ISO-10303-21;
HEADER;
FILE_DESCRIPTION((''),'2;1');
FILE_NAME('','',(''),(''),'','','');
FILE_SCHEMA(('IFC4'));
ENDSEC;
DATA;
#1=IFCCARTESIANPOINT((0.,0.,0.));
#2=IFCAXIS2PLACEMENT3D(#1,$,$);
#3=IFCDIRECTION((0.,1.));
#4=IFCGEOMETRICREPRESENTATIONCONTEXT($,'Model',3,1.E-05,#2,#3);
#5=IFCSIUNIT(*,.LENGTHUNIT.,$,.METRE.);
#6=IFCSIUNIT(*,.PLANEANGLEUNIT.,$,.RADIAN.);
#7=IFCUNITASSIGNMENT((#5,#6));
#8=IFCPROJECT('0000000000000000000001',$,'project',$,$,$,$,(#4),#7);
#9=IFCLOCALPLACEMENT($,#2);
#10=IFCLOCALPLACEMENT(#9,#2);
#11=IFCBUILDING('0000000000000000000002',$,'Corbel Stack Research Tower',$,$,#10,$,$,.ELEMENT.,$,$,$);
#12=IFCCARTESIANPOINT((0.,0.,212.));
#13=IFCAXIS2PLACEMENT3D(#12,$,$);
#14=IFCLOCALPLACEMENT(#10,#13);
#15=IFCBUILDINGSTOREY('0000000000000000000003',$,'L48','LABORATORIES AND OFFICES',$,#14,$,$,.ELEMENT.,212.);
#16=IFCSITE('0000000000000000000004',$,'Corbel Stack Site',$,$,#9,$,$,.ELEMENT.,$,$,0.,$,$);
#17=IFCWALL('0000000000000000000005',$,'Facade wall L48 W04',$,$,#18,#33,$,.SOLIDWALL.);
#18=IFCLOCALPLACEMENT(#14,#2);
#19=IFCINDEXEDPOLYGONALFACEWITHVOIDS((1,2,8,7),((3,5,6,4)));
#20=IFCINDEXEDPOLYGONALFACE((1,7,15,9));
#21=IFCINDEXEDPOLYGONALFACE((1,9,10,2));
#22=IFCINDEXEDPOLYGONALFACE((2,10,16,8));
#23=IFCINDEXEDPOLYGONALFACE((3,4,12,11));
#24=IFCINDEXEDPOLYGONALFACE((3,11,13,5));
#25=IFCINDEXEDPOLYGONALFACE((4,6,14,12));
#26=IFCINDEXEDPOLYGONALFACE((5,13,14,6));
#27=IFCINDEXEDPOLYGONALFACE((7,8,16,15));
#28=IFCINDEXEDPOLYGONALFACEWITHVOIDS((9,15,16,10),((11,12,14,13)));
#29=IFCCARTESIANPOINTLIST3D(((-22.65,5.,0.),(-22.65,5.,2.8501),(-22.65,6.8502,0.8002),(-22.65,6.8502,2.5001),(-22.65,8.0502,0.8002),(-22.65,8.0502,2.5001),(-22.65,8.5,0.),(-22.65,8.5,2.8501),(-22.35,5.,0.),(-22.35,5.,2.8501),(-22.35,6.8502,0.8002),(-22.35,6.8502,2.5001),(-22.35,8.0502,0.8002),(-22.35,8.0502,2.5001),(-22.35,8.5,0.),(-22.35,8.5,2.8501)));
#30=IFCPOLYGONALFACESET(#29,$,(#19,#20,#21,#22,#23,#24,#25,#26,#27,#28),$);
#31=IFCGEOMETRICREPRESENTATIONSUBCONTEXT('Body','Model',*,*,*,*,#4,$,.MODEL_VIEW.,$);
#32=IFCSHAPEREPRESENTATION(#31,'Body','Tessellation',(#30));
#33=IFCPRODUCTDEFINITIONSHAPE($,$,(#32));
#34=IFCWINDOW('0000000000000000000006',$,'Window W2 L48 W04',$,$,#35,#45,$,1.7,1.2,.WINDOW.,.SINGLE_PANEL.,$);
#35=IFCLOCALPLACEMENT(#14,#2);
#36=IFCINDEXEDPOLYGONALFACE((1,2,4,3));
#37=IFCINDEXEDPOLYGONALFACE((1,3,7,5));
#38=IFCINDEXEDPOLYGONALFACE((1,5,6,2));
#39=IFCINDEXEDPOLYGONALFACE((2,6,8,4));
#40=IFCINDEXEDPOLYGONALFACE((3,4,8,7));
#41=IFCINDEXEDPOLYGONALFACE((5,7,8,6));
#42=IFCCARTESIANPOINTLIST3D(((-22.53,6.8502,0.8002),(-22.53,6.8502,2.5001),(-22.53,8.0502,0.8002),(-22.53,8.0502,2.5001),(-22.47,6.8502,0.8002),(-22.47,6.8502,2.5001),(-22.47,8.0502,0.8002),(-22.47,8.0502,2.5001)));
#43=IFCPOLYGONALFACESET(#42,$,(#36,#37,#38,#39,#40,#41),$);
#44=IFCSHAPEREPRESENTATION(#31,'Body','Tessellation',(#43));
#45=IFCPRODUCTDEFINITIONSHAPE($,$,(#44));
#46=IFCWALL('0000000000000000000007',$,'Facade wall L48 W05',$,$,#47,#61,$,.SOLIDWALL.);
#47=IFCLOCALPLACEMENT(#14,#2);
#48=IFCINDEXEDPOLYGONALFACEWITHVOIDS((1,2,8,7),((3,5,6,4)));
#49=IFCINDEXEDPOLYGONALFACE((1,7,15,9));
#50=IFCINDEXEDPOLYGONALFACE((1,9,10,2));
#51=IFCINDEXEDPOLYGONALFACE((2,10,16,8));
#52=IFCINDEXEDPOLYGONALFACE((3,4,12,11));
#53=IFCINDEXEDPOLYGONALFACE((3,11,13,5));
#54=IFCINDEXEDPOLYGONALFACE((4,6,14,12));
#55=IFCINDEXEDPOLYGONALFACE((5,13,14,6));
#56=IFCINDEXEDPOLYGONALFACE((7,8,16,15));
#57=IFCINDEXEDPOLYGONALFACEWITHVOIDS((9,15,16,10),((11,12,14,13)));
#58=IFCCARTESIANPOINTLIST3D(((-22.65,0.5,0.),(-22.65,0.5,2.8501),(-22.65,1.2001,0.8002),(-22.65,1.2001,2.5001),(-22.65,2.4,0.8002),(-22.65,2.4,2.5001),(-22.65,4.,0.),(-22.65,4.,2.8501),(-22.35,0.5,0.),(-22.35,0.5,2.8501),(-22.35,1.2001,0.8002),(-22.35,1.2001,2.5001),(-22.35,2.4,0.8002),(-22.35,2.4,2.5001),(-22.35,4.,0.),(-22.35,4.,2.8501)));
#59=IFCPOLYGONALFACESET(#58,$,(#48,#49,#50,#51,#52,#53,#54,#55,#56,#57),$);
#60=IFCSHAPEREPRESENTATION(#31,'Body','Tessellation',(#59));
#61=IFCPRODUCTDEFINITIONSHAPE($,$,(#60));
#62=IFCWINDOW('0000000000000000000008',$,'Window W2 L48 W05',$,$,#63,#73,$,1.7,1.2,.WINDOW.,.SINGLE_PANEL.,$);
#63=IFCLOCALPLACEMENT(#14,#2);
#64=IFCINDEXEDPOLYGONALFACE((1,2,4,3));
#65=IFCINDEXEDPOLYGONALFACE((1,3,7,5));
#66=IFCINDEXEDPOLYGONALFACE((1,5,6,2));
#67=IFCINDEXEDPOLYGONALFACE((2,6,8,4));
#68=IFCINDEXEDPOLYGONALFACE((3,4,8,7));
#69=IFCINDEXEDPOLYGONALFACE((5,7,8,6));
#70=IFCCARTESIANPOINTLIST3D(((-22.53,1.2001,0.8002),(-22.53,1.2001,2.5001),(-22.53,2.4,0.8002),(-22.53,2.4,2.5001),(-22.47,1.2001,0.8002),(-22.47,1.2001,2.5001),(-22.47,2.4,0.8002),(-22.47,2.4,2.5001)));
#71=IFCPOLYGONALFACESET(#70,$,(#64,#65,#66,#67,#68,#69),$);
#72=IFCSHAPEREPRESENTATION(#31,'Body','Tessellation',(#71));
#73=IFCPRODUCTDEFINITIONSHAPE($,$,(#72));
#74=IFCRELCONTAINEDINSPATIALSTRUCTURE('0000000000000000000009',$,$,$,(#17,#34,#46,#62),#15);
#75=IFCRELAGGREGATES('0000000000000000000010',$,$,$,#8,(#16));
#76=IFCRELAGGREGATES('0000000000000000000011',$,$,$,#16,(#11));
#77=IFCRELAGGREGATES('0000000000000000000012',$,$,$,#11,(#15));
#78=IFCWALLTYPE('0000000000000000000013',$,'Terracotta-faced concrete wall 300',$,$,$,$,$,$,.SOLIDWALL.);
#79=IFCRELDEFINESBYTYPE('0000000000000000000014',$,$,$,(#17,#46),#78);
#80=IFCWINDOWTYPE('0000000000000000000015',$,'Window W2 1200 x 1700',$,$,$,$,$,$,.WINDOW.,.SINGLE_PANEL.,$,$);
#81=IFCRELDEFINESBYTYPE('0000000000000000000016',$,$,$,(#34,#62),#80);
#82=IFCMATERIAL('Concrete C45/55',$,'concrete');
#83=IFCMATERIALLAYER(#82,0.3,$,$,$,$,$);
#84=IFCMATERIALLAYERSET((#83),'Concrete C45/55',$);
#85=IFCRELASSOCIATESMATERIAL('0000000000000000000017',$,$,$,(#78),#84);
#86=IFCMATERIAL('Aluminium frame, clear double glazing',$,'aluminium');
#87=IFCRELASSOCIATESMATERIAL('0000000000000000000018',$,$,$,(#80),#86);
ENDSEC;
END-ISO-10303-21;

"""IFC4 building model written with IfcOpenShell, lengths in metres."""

from ifc_helpers import new_model, si_unit, direction, frame, frame_2d, origin, place, context, subcontext, project, spatial, rectangle, extrude, material, layer, layer_set, type_object, element, fill, save


model = new_model("IFC4")

# Units and contexts
model_context = context("Model", 3, precision=1e-05, world=origin(), true_north=direction((0.0, 1.0)))
body_context = subcontext(model_context, "Body", "Model", "MODEL_VIEW")
ifc_project = project(units=[si_unit("LENGTHUNIT", "METRE"), si_unit("PLANEANGLEUNIT", "RADIAN")], contexts=[model_context])

# Site, building, storey
site_placement = place(None, origin())
site = spatial("IfcSite", under=ifc_project, at=site_placement, Name="Corbel Stack Site", CompositionType="ELEMENT", RefElevation=0.0)
building_placement = place(site_placement, origin())
building = spatial("IfcBuilding", under=site, at=building_placement, Name="Corbel Stack Research Tower", CompositionType="ELEMENT")
storey_placement = place(building_placement, frame((0.0, 0.0, 212.0)))
storey = spatial("IfcBuildingStorey", under=building, at=storey_placement, Name="L48", Description="LABORATORIES AND OFFICES", CompositionType="ELEMENT", Elevation=212.0)

# Walls, openings, windows
ifc_material_1 = material(Name="Concrete C45/55", Category="concrete")
ifc_layer_1 = layer(ifc_material_1, 0.3)
ifc_layer_set_1 = layer_set([ifc_layer_1], Name="Concrete C45/55")
wall_type_1 = type_object("IfcWallType", Name="Terracotta-faced concrete wall 300", PredefinedType="SOLIDWALL", material=ifc_layer_set_1)
wall_1_placement = place(storey_placement, frame((-22.5, 5.0, 0.0), z_axis=(0.0, 0.0, 1.0), x_axis=(0.0, 1.0, 0.0)))
wall_1 = element("IfcWall", 1, at=wall_1_placement, inside=storey, type_object=wall_type_1, Name="Facade wall L48 W04", PredefinedType="SOLIDWALL", context=body_context, shape_type="SweptSolid", body=[
    extrude(rectangle(XDim=3.5, YDim=0.3, at=frame_2d((1.75, 0.0))), origin(), (0.0, 0.0, 1.0), 2.8501),
])
opening_1_placement = place(wall_1_placement, frame((1.8501, 0.0, 0.8)))
opening_1 = element("IfcOpeningElement", 2, at=opening_1_placement, cuts=wall_1, PredefinedType="OPENING", context=body_context, shape_type="SweptSolid", body=[
    extrude(rectangle(XDim=1.2, YDim=1.7, at=frame_2d((0.6001, 0.8501))), frame((0.0, 0.1599, 0.0), z_axis=(0.0, -1.0, 0.0), x_axis=(1.0, 0.0, 0.0)), (0.0, 0.0, 1.0), 0.3201),
])
ifc_material_2 = material(Name="Aluminium frame, clear double glazing", Category="aluminium")
window_type_1 = type_object("IfcWindowType", Name="Window W2 1200 x 1700", PartitioningType="SINGLE_PANEL", PredefinedType="WINDOW", material=ifc_material_2)
window_1_placement = place(opening_1_placement, origin())
window_1 = element("IfcWindow", 3, at=window_1_placement, inside=storey, type_object=window_type_1, Name="Window W2 L48 W04", OverallHeight=1.7, OverallWidth=1.2, PartitioningType="SINGLE_PANEL", PredefinedType="WINDOW", context=body_context, shape_type="SweptSolid", body=[
    extrude(rectangle(XDim=1.2, YDim=1.7, at=frame_2d((0.6001, 0.8501))), frame((0.0, 0.03, 0.0), z_axis=(0.0, -1.0, 0.0), x_axis=(1.0, 0.0, 0.0)), (0.0, 0.0, 1.0), 0.0601),
])
fill(opening_1, window_1)
wall_2_placement = place(storey_placement, frame((-22.5, 0.5, 0.0), z_axis=(0.0, 0.0, 1.0), x_axis=(0.0, 1.0, 0.0)))
wall_2 = element("IfcWall", 4, at=wall_2_placement, inside=storey, type_object=wall_type_1, Name="Facade wall L48 W05", PredefinedType="SOLIDWALL", context=body_context, shape_type="SweptSolid", body=[
    extrude(rectangle(XDim=3.5, YDim=0.3, at=frame_2d((1.75, 0.0))), origin(), (0.0, 0.0, 1.0), 2.8501),
])
opening_2_placement = place(wall_2_placement, frame((0.7, 0.0, 0.8)))
opening_2 = element("IfcOpeningElement", 5, at=opening_2_placement, cuts=wall_2, PredefinedType="OPENING", context=body_context, shape_type="SweptSolid", body=[
    extrude(rectangle(XDim=1.2, YDim=1.7, at=frame_2d((0.6001, 0.8501))), frame((0.0, 0.1599, 0.0), z_axis=(0.0, -1.0, 0.0), x_axis=(1.0, 0.0, 0.0)), (0.0, 0.0, 1.0), 0.3201),
])
window_2_placement = place(opening_2_placement, origin())
window_2 = element("IfcWindow", 6, at=window_2_placement, inside=storey, type_object=window_type_1, Name="Window W2 L48 W05", OverallHeight=1.7, OverallWidth=1.2, PartitioningType="SINGLE_PANEL", PredefinedType="WINDOW", context=body_context, shape_type="SweptSolid", body=[
    extrude(rectangle(XDim=1.2, YDim=1.7, at=frame_2d((0.6001, 0.8501))), frame((0.0, 0.03, 0.0), z_axis=(0.0, -1.0, 0.0), x_axis=(1.0, 0.0, 0.0)), (0.0, 0.0, 1.0), 0.0601),
])
fill(opening_2, window_2)

save(model, "model.ifc")
